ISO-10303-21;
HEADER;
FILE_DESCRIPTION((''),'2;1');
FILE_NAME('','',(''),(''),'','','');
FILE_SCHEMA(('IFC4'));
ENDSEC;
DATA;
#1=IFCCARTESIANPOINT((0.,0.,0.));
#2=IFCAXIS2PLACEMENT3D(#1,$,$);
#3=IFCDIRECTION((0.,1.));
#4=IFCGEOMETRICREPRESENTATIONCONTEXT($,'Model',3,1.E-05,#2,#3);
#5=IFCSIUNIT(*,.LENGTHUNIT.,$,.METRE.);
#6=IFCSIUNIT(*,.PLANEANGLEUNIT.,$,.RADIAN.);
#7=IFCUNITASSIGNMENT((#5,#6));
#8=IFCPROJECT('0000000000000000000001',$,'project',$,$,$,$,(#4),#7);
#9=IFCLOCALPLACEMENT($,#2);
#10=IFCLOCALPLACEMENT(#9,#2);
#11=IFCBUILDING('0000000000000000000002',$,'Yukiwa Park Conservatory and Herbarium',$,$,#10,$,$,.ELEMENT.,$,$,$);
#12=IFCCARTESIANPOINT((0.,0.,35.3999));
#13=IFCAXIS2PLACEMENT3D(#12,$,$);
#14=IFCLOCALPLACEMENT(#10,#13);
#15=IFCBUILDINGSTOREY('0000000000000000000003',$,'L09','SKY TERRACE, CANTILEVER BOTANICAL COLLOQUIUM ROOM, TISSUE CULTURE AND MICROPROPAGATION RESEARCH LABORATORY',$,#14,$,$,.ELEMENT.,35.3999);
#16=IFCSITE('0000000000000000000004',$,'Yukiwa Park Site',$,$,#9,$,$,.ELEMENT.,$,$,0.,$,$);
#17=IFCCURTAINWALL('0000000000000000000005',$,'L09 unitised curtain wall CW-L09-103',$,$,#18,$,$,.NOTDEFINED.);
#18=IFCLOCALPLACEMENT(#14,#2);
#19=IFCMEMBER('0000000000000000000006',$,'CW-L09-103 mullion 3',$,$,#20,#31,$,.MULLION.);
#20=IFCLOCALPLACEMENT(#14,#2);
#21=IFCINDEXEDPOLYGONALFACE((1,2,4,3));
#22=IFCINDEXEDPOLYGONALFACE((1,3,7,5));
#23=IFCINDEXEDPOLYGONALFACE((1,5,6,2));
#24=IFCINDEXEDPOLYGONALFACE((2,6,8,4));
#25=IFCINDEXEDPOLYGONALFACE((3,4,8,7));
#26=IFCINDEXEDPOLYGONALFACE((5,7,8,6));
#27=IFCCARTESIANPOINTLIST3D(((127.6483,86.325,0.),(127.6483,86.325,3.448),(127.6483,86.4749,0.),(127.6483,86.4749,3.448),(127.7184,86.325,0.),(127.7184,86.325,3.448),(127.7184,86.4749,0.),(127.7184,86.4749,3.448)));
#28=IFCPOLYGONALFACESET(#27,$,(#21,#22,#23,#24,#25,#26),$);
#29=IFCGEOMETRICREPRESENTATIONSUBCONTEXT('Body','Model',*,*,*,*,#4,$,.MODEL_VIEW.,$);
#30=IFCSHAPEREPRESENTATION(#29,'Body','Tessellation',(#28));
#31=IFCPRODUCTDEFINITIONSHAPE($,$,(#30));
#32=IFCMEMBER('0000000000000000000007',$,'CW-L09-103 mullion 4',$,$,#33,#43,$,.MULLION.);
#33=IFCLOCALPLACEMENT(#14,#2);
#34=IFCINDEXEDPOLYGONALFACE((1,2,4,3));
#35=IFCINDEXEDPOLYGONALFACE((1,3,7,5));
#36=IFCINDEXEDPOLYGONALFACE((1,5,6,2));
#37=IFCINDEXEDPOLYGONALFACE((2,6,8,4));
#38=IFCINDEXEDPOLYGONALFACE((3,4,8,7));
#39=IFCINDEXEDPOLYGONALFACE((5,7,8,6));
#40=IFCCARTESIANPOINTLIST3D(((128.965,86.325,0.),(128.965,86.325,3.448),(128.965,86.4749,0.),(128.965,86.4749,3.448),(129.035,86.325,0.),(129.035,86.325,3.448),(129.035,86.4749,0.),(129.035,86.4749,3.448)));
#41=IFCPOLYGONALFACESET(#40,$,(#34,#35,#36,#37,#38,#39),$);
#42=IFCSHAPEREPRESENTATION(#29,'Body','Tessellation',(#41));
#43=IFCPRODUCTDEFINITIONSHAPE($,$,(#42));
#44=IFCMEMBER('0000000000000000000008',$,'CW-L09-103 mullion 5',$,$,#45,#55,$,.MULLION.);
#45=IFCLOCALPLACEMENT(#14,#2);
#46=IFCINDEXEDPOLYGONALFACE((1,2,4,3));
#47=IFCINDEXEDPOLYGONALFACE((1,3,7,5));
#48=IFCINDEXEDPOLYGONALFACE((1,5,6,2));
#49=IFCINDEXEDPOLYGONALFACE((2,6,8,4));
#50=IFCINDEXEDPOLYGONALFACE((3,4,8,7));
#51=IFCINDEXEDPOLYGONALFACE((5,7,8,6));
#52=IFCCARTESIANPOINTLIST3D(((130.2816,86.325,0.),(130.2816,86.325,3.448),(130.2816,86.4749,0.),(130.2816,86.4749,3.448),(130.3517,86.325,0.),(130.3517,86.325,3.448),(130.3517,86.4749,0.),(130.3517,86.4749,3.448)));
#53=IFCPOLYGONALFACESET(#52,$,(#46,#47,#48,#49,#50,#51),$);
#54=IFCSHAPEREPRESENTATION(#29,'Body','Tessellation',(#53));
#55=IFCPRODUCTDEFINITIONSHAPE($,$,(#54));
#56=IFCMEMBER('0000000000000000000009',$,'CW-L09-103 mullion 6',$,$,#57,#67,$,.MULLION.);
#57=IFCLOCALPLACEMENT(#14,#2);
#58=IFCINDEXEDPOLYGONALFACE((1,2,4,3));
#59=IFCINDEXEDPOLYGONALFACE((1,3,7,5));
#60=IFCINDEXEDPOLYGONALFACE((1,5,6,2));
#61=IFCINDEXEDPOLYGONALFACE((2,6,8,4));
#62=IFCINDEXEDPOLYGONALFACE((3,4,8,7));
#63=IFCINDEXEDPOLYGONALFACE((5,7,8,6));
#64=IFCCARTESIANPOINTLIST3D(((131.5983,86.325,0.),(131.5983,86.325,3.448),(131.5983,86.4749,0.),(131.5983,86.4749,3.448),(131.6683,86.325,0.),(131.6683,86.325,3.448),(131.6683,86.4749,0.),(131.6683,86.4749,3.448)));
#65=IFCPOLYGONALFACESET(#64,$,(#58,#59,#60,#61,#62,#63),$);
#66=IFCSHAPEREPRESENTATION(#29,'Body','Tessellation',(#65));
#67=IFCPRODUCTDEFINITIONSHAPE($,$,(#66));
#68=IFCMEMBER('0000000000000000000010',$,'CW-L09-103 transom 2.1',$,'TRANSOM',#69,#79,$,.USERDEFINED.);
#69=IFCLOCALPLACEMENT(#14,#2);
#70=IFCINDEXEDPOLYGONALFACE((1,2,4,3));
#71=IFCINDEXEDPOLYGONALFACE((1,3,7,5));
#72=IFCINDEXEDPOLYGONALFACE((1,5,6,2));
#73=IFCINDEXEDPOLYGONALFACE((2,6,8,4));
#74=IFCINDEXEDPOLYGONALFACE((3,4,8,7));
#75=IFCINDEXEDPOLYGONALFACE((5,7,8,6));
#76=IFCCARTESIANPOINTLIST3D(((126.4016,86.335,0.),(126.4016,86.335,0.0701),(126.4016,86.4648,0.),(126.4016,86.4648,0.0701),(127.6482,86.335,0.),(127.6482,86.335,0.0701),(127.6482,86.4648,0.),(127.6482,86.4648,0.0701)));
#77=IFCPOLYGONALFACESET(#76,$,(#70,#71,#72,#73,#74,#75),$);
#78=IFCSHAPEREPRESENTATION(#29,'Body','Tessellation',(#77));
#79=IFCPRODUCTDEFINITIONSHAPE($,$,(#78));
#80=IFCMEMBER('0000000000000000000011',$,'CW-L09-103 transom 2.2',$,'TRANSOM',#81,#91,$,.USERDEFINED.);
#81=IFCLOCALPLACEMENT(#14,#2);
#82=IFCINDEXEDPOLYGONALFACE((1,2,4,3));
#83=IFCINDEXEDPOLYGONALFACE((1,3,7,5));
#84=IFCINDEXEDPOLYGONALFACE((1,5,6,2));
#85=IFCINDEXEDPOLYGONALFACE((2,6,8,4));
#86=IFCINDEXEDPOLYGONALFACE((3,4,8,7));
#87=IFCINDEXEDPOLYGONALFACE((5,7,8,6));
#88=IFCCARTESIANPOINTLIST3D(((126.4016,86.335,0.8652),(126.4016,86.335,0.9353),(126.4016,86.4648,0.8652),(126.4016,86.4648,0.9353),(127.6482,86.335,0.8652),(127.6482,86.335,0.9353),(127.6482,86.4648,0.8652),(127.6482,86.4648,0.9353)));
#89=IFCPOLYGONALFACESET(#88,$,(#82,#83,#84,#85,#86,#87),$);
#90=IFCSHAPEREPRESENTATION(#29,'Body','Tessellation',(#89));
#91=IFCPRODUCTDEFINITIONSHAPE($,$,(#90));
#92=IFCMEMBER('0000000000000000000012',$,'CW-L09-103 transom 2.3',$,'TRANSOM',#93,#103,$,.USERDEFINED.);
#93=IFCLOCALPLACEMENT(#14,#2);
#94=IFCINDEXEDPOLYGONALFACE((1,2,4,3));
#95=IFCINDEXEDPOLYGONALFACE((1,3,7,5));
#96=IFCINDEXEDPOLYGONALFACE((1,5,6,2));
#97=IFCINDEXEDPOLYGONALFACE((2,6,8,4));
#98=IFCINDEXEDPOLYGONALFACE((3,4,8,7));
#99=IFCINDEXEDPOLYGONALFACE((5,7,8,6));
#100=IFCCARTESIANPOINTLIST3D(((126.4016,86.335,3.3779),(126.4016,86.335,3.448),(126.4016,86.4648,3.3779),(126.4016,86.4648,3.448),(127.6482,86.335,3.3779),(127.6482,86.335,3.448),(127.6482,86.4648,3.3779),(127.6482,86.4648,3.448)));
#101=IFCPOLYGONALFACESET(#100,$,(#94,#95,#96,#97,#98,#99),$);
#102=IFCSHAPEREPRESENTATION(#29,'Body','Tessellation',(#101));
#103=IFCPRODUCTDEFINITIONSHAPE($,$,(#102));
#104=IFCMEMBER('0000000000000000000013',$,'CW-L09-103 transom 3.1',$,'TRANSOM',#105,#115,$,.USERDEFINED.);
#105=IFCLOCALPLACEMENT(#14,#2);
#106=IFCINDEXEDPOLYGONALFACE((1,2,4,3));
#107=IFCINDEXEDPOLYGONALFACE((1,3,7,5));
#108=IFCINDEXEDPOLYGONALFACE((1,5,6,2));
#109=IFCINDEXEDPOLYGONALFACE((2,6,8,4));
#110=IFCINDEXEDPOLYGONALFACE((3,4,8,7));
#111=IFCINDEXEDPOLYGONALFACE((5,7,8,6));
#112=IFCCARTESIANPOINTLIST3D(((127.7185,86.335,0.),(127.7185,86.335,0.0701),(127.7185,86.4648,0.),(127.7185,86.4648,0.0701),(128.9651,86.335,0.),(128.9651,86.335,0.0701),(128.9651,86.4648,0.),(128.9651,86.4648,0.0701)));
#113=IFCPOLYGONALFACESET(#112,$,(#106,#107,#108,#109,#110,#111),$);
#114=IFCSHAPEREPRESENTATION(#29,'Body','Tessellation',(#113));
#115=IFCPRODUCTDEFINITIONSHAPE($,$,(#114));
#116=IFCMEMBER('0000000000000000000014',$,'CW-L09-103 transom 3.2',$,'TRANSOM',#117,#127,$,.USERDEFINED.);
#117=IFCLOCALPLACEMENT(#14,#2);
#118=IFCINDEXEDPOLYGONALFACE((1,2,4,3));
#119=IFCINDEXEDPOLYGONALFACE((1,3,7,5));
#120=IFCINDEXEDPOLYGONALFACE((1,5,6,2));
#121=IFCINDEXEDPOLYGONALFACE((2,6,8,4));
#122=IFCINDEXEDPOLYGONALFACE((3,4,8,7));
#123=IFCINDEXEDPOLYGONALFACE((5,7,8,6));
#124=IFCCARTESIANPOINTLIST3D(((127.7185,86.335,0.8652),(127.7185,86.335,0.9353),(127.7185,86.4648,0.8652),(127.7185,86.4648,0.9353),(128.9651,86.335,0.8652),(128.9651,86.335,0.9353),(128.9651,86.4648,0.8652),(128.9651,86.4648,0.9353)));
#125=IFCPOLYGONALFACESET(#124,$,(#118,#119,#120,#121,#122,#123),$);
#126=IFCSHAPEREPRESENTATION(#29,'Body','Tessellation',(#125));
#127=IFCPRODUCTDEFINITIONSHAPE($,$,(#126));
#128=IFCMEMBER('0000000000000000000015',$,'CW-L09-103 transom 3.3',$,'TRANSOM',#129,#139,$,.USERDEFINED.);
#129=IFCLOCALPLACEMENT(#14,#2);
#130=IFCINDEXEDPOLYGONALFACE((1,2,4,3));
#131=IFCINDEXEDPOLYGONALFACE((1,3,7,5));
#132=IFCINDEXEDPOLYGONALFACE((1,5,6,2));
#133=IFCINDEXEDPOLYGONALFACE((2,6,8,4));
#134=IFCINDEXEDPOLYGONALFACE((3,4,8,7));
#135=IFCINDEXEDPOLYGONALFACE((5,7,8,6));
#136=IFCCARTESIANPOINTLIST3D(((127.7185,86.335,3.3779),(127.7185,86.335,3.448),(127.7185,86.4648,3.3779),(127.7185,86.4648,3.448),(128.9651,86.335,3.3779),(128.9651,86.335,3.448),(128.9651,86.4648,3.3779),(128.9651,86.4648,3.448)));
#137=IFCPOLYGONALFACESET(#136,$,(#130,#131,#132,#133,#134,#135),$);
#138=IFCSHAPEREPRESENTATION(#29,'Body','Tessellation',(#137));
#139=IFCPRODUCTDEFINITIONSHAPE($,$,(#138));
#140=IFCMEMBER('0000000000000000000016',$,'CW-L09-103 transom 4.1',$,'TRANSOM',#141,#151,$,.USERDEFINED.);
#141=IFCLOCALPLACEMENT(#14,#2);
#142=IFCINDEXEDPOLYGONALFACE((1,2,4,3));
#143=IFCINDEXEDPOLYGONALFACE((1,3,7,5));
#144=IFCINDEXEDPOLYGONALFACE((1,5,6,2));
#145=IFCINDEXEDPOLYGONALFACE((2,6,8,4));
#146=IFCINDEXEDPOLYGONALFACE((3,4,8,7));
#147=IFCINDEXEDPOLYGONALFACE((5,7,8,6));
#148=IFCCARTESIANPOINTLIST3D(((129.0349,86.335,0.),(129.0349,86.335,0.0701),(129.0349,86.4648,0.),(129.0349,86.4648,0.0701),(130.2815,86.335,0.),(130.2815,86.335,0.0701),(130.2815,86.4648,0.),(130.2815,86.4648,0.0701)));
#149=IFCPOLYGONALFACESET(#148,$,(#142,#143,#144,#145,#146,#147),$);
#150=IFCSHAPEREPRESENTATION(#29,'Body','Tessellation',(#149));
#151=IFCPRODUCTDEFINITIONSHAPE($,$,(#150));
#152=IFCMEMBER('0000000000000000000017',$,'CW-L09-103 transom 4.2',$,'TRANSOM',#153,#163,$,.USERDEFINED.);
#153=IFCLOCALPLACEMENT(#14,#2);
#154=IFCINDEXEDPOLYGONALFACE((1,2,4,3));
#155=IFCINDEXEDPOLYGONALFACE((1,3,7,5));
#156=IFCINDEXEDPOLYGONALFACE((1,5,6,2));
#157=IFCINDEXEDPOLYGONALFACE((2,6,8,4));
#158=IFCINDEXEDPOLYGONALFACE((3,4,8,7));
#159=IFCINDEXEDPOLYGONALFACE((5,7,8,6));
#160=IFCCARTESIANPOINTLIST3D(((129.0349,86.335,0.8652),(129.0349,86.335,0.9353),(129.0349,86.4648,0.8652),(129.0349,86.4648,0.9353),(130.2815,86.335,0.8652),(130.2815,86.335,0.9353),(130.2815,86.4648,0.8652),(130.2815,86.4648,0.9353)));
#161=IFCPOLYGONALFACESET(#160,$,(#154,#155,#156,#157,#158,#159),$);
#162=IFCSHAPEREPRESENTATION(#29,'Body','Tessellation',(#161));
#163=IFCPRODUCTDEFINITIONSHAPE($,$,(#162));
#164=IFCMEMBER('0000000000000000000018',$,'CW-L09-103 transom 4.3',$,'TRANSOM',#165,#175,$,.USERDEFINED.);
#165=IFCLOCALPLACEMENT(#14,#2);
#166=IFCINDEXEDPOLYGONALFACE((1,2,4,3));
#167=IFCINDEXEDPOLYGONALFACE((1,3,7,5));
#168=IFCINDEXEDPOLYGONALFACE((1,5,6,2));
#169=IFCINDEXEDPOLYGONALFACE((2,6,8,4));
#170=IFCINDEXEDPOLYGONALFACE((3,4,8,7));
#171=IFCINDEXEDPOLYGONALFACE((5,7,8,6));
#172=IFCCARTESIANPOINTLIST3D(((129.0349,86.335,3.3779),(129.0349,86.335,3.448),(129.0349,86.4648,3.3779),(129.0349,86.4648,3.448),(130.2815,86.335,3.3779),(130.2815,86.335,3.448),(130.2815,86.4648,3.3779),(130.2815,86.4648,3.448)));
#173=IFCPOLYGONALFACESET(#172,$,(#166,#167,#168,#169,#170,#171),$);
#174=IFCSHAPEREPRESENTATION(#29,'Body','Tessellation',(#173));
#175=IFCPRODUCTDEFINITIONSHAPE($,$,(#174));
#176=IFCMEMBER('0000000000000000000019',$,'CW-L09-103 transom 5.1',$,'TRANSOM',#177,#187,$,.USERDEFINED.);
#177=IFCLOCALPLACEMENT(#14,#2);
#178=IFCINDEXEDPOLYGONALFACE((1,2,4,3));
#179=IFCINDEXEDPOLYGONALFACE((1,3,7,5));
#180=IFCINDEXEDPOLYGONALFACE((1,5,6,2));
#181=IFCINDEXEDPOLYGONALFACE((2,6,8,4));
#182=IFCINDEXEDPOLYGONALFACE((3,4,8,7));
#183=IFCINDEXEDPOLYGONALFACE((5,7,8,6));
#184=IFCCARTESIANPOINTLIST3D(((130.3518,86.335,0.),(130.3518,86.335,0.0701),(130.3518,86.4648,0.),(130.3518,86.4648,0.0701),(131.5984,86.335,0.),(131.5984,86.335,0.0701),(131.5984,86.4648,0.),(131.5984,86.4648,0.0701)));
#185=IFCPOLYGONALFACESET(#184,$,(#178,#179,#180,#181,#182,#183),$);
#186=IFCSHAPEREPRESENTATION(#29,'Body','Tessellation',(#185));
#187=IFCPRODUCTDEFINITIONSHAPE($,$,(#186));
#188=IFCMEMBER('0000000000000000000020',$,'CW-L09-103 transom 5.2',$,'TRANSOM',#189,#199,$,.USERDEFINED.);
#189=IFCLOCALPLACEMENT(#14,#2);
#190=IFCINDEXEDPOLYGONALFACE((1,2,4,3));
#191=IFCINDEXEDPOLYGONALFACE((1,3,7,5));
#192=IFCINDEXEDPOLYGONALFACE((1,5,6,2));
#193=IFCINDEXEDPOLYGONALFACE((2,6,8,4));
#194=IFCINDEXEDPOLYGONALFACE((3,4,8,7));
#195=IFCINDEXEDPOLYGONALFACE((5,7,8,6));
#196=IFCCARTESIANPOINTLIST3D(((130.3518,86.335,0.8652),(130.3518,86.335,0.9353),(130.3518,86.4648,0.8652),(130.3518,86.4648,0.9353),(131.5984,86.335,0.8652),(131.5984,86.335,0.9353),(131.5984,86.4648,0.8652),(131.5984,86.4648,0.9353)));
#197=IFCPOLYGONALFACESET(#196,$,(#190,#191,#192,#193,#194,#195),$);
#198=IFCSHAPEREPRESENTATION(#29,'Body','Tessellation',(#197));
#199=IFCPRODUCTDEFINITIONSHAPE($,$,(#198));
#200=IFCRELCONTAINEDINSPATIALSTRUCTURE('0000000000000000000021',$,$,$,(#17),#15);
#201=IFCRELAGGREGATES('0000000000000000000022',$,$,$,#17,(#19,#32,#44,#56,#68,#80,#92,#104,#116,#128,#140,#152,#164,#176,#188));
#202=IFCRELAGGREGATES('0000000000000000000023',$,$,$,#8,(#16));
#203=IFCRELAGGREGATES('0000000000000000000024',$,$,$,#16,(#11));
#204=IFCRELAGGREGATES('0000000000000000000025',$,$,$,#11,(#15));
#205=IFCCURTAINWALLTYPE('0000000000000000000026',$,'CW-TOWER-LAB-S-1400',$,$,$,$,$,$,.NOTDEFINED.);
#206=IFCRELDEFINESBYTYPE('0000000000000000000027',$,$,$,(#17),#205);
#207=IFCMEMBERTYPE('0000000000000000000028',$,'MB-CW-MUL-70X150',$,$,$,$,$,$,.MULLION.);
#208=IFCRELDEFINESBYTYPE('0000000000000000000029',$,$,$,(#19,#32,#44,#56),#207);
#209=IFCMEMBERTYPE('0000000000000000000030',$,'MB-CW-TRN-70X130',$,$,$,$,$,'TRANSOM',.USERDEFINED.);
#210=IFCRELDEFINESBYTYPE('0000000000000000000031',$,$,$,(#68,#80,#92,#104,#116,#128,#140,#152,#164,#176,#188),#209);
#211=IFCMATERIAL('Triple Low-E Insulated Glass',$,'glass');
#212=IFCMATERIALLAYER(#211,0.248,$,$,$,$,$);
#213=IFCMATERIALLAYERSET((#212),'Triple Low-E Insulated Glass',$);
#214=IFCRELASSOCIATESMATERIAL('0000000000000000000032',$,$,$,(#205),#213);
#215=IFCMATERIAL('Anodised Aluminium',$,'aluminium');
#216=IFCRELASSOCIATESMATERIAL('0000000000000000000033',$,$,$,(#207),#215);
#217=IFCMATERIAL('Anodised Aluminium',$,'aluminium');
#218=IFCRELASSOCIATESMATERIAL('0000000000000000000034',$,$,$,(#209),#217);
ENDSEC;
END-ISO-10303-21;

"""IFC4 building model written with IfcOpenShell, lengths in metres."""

from ifc_helpers import new_model, si_unit, direction, frame, origin, origin_2d, place, context, subcontext, project, spatial, rectangle, extrude, material, layer, layer_set, type_object, element, aggregate, save


model = new_model("IFC4")

# Units and contexts
model_context = context("Model", 3, precision=1e-05, world=origin(), true_north=direction((0.0, 1.0)))
body_context = subcontext(model_context, "Body", "Model", "MODEL_VIEW")
ifc_project = project(units=[si_unit("LENGTHUNIT", "METRE"), si_unit("PLANEANGLEUNIT", "RADIAN")], contexts=[model_context])

# Site, building, storey
site_placement = place(None, origin())
site = spatial("IfcSite", under=ifc_project, at=site_placement, Name="Yukiwa Park Site", CompositionType="ELEMENT", RefElevation=0.0)
building_placement = place(site_placement, origin())
building = spatial("IfcBuilding", under=site, at=building_placement, Name="Yukiwa Park Conservatory and Herbarium", CompositionType="ELEMENT")
storey_placement = place(building_placement, frame((0.0, 0.0, 35.3999)))
storey = spatial("IfcBuildingStorey", under=building, at=storey_placement, Name="L09", Description="SKY TERRACE, CANTILEVER BOTANICAL COLLOQUIUM ROOM, TISSUE CULTURE AND MICROPROPAGATION RESEARCH LABORATORY", CompositionType="ELEMENT", Elevation=35.3999)

# Curtain wall, members
ifc_material_1 = material(Name="Triple Low-E Insulated Glass", Category="glass")
ifc_layer_1 = layer(ifc_material_1, 0.248)
ifc_layer_set_1 = layer_set([ifc_layer_1], Name="Triple Low-E Insulated Glass")
curtain_wall_type = type_object("IfcCurtainWallType", Name="CW-TOWER-LAB-S-1400", PredefinedType="NOTDEFINED", material=ifc_layer_set_1)
curtain_wall_placement = place(storey_placement, origin())
curtain_wall = element("IfcCurtainWall", 1, at=curtain_wall_placement, inside=storey, type_object=curtain_wall_type, Name="L09 unitised curtain wall CW-L09-103", PredefinedType="NOTDEFINED")
ifc_material_2 = material(Name="Anodised Aluminium", Category="aluminium")
member_type_1 = type_object("IfcMemberType", Name="MB-CW-MUL-70X150", PredefinedType="MULLION", material=ifc_material_2)
member_1_placement = place(storey_placement, frame((127.6833, 86.3999, 0.0), z_axis=(0.0, 0.0, 1.0), x_axis=(1.0, 0.0, 0.0)))
member_1 = element("IfcMember", 2, at=member_1_placement, type_object=member_type_1, Name="CW-L09-103 mullion 3", PredefinedType="MULLION", context=body_context, shape_type="SweptSolid", body=[
    extrude(rectangle(XDim=0.0701, YDim=0.1499, at=origin_2d()), origin(), (0.0, 0.0, 1.0), 3.448),
])
member_2_placement = place(storey_placement, frame((129.0, 86.3999, 0.0), z_axis=(0.0, 0.0, 1.0), x_axis=(1.0, 0.0, 0.0)))
member_2 = element("IfcMember", 3, at=member_2_placement, type_object=member_type_1, Name="CW-L09-103 mullion 4", PredefinedType="MULLION", context=body_context, shape_type="SweptSolid", body=[
    extrude(rectangle(XDim=0.0701, YDim=0.1499, at=origin_2d()), origin(), (0.0, 0.0, 1.0), 3.448),
])
member_3_placement = place(storey_placement, frame((130.3167, 86.3999, 0.0), z_axis=(0.0, 0.0, 1.0), x_axis=(1.0, 0.0, 0.0)))
member_3 = element("IfcMember", 4, at=member_3_placement, type_object=member_type_1, Name="CW-L09-103 mullion 5", PredefinedType="MULLION", context=body_context, shape_type="SweptSolid", body=[
    extrude(rectangle(XDim=0.0701, YDim=0.1499, at=origin_2d()), origin(), (0.0, 0.0, 1.0), 3.448),
])
member_4_placement = place(storey_placement, frame((131.6333, 86.3999, 0.0), z_axis=(0.0, 0.0, 1.0), x_axis=(1.0, 0.0, 0.0)))
member_4 = element("IfcMember", 5, at=member_4_placement, type_object=member_type_1, Name="CW-L09-103 mullion 6", PredefinedType="MULLION", context=body_context, shape_type="SweptSolid", body=[
    extrude(rectangle(XDim=0.0701, YDim=0.1499, at=origin_2d()), origin(), (0.0, 0.0, 1.0), 3.448),
])
ifc_material_3 = material(Name="Anodised Aluminium", Category="aluminium")
member_type_2 = type_object("IfcMemberType", Name="MB-CW-TRN-70X130", ElementType="TRANSOM", PredefinedType="USERDEFINED", material=ifc_material_3)
member_5_placement = place(storey_placement, frame((127.0249, 86.3999, 0.0), z_axis=(0.0, 0.0, 1.0), x_axis=(1.0, 0.0, 0.0)))
member_5 = element("IfcMember", 6, at=member_5_placement, type_object=member_type_2, Name="CW-L09-103 transom 2.1", ObjectType="TRANSOM", PredefinedType="USERDEFINED", context=body_context, shape_type="SweptSolid", body=[
    extrude(rectangle(XDim=1.2466, YDim=0.1299, at=origin_2d()), origin(), (0.0, 0.0, 1.0), 0.0701),
])
member_6_placement = place(storey_placement, frame((127.0249, 86.3999, 0.8652), z_axis=(0.0, 0.0, 1.0), x_axis=(1.0, 0.0, 0.0)))
member_6 = element("IfcMember", 7, at=member_6_placement, type_object=member_type_2, Name="CW-L09-103 transom 2.2", ObjectType="TRANSOM", PredefinedType="USERDEFINED", context=body_context, shape_type="SweptSolid", body=[
    extrude(rectangle(XDim=1.2466, YDim=0.1299, at=origin_2d()), origin(), (0.0, 0.0, 1.0), 0.0701),
])
member_7_placement = place(storey_placement, frame((127.0249, 86.3999, 3.3779), z_axis=(0.0, 0.0, 1.0), x_axis=(1.0, 0.0, 0.0)))
member_7 = element("IfcMember", 8, at=member_7_placement, type_object=member_type_2, Name="CW-L09-103 transom 2.3", ObjectType="TRANSOM", PredefinedType="USERDEFINED", context=body_context, shape_type="SweptSolid", body=[
    extrude(rectangle(XDim=1.2466, YDim=0.1299, at=origin_2d()), origin(), (0.0, 0.0, 1.0), 0.0701),
])
member_8_placement = place(storey_placement, frame((128.3418, 86.3999, 0.0), z_axis=(0.0, 0.0, 1.0), x_axis=(1.0, 0.0, 0.0)))
member_8 = element("IfcMember", 9, at=member_8_placement, type_object=member_type_2, Name="CW-L09-103 transom 3.1", ObjectType="TRANSOM", PredefinedType="USERDEFINED", context=body_context, shape_type="SweptSolid", body=[
    extrude(rectangle(XDim=1.2466, YDim=0.1299, at=origin_2d()), origin(), (0.0, 0.0, 1.0), 0.0701),
])
member_9_placement = place(storey_placement, frame((128.3418, 86.3999, 0.8652), z_axis=(0.0, 0.0, 1.0), x_axis=(1.0, 0.0, 0.0)))
member_9 = element("IfcMember", 10, at=member_9_placement, type_object=member_type_2, Name="CW-L09-103 transom 3.2", ObjectType="TRANSOM", PredefinedType="USERDEFINED", context=body_context, shape_type="SweptSolid", body=[
    extrude(rectangle(XDim=1.2466, YDim=0.1299, at=origin_2d()), origin(), (0.0, 0.0, 1.0), 0.0701),
])
member_10_placement = place(storey_placement, frame((128.3418, 86.3999, 3.3779), z_axis=(0.0, 0.0, 1.0), x_axis=(1.0, 0.0, 0.0)))
member_10 = element("IfcMember", 11, at=member_10_placement, type_object=member_type_2, Name="CW-L09-103 transom 3.3", ObjectType="TRANSOM", PredefinedType="USERDEFINED", context=body_context, shape_type="SweptSolid", body=[
    extrude(rectangle(XDim=1.2466, YDim=0.1299, at=origin_2d()), origin(), (0.0, 0.0, 1.0), 0.0701),
])
member_11_placement = place(storey_placement, frame((129.6582, 86.3999, 0.0), z_axis=(0.0, 0.0, 1.0), x_axis=(1.0, 0.0, 0.0)))
member_11 = element("IfcMember", 12, at=member_11_placement, type_object=member_type_2, Name="CW-L09-103 transom 4.1", ObjectType="TRANSOM", PredefinedType="USERDEFINED", context=body_context, shape_type="SweptSolid", body=[
    extrude(rectangle(XDim=1.2466, YDim=0.1299, at=origin_2d()), origin(), (0.0, 0.0, 1.0), 0.0701),
])
member_12_placement = place(storey_placement, frame((129.6582, 86.3999, 0.8652), z_axis=(0.0, 0.0, 1.0), x_axis=(1.0, 0.0, 0.0)))
member_12 = element("IfcMember", 13, at=member_12_placement, type_object=member_type_2, Name="CW-L09-103 transom 4.2", ObjectType="TRANSOM", PredefinedType="USERDEFINED", context=body_context, shape_type="SweptSolid", body=[
    extrude(rectangle(XDim=1.2466, YDim=0.1299, at=origin_2d()), origin(), (0.0, 0.0, 1.0), 0.0701),
])
member_13_placement = place(storey_placement, frame((129.6582, 86.3999, 3.3779), z_axis=(0.0, 0.0, 1.0), x_axis=(1.0, 0.0, 0.0)))
member_13 = element("IfcMember", 14, at=member_13_placement, type_object=member_type_2, Name="CW-L09-103 transom 4.3", ObjectType="TRANSOM", PredefinedType="USERDEFINED", context=body_context, shape_type="SweptSolid", body=[
    extrude(rectangle(XDim=1.2466, YDim=0.1299, at=origin_2d()), origin(), (0.0, 0.0, 1.0), 0.0701),
])
member_14_placement = place(storey_placement, frame((130.9751, 86.3999, 0.0), z_axis=(0.0, 0.0, 1.0), x_axis=(1.0, 0.0, 0.0)))
member_14 = element("IfcMember", 15, at=member_14_placement, type_object=member_type_2, Name="CW-L09-103 transom 5.1", ObjectType="TRANSOM", PredefinedType="USERDEFINED", context=body_context, shape_type="SweptSolid", body=[
    extrude(rectangle(XDim=1.2466, YDim=0.1299, at=origin_2d()), origin(), (0.0, 0.0, 1.0), 0.0701),
])
member_15_placement = place(storey_placement, frame((130.9751, 86.3999, 0.8652), z_axis=(0.0, 0.0, 1.0), x_axis=(1.0, 0.0, 0.0)))
member_15 = element("IfcMember", 16, at=member_15_placement, type_object=member_type_2, Name="CW-L09-103 transom 5.2", ObjectType="TRANSOM", PredefinedType="USERDEFINED", context=body_context, shape_type="SweptSolid", body=[
    extrude(rectangle(XDim=1.2466, YDim=0.1299, at=origin_2d()), origin(), (0.0, 0.0, 1.0), 0.0701),
])
aggregate(curtain_wall, [member_1, member_2, member_3, member_4, member_5, member_6, member_7, member_8, member_9, member_10, member_11, member_12, member_13, member_14, member_15])

save(model, "model.ifc")
